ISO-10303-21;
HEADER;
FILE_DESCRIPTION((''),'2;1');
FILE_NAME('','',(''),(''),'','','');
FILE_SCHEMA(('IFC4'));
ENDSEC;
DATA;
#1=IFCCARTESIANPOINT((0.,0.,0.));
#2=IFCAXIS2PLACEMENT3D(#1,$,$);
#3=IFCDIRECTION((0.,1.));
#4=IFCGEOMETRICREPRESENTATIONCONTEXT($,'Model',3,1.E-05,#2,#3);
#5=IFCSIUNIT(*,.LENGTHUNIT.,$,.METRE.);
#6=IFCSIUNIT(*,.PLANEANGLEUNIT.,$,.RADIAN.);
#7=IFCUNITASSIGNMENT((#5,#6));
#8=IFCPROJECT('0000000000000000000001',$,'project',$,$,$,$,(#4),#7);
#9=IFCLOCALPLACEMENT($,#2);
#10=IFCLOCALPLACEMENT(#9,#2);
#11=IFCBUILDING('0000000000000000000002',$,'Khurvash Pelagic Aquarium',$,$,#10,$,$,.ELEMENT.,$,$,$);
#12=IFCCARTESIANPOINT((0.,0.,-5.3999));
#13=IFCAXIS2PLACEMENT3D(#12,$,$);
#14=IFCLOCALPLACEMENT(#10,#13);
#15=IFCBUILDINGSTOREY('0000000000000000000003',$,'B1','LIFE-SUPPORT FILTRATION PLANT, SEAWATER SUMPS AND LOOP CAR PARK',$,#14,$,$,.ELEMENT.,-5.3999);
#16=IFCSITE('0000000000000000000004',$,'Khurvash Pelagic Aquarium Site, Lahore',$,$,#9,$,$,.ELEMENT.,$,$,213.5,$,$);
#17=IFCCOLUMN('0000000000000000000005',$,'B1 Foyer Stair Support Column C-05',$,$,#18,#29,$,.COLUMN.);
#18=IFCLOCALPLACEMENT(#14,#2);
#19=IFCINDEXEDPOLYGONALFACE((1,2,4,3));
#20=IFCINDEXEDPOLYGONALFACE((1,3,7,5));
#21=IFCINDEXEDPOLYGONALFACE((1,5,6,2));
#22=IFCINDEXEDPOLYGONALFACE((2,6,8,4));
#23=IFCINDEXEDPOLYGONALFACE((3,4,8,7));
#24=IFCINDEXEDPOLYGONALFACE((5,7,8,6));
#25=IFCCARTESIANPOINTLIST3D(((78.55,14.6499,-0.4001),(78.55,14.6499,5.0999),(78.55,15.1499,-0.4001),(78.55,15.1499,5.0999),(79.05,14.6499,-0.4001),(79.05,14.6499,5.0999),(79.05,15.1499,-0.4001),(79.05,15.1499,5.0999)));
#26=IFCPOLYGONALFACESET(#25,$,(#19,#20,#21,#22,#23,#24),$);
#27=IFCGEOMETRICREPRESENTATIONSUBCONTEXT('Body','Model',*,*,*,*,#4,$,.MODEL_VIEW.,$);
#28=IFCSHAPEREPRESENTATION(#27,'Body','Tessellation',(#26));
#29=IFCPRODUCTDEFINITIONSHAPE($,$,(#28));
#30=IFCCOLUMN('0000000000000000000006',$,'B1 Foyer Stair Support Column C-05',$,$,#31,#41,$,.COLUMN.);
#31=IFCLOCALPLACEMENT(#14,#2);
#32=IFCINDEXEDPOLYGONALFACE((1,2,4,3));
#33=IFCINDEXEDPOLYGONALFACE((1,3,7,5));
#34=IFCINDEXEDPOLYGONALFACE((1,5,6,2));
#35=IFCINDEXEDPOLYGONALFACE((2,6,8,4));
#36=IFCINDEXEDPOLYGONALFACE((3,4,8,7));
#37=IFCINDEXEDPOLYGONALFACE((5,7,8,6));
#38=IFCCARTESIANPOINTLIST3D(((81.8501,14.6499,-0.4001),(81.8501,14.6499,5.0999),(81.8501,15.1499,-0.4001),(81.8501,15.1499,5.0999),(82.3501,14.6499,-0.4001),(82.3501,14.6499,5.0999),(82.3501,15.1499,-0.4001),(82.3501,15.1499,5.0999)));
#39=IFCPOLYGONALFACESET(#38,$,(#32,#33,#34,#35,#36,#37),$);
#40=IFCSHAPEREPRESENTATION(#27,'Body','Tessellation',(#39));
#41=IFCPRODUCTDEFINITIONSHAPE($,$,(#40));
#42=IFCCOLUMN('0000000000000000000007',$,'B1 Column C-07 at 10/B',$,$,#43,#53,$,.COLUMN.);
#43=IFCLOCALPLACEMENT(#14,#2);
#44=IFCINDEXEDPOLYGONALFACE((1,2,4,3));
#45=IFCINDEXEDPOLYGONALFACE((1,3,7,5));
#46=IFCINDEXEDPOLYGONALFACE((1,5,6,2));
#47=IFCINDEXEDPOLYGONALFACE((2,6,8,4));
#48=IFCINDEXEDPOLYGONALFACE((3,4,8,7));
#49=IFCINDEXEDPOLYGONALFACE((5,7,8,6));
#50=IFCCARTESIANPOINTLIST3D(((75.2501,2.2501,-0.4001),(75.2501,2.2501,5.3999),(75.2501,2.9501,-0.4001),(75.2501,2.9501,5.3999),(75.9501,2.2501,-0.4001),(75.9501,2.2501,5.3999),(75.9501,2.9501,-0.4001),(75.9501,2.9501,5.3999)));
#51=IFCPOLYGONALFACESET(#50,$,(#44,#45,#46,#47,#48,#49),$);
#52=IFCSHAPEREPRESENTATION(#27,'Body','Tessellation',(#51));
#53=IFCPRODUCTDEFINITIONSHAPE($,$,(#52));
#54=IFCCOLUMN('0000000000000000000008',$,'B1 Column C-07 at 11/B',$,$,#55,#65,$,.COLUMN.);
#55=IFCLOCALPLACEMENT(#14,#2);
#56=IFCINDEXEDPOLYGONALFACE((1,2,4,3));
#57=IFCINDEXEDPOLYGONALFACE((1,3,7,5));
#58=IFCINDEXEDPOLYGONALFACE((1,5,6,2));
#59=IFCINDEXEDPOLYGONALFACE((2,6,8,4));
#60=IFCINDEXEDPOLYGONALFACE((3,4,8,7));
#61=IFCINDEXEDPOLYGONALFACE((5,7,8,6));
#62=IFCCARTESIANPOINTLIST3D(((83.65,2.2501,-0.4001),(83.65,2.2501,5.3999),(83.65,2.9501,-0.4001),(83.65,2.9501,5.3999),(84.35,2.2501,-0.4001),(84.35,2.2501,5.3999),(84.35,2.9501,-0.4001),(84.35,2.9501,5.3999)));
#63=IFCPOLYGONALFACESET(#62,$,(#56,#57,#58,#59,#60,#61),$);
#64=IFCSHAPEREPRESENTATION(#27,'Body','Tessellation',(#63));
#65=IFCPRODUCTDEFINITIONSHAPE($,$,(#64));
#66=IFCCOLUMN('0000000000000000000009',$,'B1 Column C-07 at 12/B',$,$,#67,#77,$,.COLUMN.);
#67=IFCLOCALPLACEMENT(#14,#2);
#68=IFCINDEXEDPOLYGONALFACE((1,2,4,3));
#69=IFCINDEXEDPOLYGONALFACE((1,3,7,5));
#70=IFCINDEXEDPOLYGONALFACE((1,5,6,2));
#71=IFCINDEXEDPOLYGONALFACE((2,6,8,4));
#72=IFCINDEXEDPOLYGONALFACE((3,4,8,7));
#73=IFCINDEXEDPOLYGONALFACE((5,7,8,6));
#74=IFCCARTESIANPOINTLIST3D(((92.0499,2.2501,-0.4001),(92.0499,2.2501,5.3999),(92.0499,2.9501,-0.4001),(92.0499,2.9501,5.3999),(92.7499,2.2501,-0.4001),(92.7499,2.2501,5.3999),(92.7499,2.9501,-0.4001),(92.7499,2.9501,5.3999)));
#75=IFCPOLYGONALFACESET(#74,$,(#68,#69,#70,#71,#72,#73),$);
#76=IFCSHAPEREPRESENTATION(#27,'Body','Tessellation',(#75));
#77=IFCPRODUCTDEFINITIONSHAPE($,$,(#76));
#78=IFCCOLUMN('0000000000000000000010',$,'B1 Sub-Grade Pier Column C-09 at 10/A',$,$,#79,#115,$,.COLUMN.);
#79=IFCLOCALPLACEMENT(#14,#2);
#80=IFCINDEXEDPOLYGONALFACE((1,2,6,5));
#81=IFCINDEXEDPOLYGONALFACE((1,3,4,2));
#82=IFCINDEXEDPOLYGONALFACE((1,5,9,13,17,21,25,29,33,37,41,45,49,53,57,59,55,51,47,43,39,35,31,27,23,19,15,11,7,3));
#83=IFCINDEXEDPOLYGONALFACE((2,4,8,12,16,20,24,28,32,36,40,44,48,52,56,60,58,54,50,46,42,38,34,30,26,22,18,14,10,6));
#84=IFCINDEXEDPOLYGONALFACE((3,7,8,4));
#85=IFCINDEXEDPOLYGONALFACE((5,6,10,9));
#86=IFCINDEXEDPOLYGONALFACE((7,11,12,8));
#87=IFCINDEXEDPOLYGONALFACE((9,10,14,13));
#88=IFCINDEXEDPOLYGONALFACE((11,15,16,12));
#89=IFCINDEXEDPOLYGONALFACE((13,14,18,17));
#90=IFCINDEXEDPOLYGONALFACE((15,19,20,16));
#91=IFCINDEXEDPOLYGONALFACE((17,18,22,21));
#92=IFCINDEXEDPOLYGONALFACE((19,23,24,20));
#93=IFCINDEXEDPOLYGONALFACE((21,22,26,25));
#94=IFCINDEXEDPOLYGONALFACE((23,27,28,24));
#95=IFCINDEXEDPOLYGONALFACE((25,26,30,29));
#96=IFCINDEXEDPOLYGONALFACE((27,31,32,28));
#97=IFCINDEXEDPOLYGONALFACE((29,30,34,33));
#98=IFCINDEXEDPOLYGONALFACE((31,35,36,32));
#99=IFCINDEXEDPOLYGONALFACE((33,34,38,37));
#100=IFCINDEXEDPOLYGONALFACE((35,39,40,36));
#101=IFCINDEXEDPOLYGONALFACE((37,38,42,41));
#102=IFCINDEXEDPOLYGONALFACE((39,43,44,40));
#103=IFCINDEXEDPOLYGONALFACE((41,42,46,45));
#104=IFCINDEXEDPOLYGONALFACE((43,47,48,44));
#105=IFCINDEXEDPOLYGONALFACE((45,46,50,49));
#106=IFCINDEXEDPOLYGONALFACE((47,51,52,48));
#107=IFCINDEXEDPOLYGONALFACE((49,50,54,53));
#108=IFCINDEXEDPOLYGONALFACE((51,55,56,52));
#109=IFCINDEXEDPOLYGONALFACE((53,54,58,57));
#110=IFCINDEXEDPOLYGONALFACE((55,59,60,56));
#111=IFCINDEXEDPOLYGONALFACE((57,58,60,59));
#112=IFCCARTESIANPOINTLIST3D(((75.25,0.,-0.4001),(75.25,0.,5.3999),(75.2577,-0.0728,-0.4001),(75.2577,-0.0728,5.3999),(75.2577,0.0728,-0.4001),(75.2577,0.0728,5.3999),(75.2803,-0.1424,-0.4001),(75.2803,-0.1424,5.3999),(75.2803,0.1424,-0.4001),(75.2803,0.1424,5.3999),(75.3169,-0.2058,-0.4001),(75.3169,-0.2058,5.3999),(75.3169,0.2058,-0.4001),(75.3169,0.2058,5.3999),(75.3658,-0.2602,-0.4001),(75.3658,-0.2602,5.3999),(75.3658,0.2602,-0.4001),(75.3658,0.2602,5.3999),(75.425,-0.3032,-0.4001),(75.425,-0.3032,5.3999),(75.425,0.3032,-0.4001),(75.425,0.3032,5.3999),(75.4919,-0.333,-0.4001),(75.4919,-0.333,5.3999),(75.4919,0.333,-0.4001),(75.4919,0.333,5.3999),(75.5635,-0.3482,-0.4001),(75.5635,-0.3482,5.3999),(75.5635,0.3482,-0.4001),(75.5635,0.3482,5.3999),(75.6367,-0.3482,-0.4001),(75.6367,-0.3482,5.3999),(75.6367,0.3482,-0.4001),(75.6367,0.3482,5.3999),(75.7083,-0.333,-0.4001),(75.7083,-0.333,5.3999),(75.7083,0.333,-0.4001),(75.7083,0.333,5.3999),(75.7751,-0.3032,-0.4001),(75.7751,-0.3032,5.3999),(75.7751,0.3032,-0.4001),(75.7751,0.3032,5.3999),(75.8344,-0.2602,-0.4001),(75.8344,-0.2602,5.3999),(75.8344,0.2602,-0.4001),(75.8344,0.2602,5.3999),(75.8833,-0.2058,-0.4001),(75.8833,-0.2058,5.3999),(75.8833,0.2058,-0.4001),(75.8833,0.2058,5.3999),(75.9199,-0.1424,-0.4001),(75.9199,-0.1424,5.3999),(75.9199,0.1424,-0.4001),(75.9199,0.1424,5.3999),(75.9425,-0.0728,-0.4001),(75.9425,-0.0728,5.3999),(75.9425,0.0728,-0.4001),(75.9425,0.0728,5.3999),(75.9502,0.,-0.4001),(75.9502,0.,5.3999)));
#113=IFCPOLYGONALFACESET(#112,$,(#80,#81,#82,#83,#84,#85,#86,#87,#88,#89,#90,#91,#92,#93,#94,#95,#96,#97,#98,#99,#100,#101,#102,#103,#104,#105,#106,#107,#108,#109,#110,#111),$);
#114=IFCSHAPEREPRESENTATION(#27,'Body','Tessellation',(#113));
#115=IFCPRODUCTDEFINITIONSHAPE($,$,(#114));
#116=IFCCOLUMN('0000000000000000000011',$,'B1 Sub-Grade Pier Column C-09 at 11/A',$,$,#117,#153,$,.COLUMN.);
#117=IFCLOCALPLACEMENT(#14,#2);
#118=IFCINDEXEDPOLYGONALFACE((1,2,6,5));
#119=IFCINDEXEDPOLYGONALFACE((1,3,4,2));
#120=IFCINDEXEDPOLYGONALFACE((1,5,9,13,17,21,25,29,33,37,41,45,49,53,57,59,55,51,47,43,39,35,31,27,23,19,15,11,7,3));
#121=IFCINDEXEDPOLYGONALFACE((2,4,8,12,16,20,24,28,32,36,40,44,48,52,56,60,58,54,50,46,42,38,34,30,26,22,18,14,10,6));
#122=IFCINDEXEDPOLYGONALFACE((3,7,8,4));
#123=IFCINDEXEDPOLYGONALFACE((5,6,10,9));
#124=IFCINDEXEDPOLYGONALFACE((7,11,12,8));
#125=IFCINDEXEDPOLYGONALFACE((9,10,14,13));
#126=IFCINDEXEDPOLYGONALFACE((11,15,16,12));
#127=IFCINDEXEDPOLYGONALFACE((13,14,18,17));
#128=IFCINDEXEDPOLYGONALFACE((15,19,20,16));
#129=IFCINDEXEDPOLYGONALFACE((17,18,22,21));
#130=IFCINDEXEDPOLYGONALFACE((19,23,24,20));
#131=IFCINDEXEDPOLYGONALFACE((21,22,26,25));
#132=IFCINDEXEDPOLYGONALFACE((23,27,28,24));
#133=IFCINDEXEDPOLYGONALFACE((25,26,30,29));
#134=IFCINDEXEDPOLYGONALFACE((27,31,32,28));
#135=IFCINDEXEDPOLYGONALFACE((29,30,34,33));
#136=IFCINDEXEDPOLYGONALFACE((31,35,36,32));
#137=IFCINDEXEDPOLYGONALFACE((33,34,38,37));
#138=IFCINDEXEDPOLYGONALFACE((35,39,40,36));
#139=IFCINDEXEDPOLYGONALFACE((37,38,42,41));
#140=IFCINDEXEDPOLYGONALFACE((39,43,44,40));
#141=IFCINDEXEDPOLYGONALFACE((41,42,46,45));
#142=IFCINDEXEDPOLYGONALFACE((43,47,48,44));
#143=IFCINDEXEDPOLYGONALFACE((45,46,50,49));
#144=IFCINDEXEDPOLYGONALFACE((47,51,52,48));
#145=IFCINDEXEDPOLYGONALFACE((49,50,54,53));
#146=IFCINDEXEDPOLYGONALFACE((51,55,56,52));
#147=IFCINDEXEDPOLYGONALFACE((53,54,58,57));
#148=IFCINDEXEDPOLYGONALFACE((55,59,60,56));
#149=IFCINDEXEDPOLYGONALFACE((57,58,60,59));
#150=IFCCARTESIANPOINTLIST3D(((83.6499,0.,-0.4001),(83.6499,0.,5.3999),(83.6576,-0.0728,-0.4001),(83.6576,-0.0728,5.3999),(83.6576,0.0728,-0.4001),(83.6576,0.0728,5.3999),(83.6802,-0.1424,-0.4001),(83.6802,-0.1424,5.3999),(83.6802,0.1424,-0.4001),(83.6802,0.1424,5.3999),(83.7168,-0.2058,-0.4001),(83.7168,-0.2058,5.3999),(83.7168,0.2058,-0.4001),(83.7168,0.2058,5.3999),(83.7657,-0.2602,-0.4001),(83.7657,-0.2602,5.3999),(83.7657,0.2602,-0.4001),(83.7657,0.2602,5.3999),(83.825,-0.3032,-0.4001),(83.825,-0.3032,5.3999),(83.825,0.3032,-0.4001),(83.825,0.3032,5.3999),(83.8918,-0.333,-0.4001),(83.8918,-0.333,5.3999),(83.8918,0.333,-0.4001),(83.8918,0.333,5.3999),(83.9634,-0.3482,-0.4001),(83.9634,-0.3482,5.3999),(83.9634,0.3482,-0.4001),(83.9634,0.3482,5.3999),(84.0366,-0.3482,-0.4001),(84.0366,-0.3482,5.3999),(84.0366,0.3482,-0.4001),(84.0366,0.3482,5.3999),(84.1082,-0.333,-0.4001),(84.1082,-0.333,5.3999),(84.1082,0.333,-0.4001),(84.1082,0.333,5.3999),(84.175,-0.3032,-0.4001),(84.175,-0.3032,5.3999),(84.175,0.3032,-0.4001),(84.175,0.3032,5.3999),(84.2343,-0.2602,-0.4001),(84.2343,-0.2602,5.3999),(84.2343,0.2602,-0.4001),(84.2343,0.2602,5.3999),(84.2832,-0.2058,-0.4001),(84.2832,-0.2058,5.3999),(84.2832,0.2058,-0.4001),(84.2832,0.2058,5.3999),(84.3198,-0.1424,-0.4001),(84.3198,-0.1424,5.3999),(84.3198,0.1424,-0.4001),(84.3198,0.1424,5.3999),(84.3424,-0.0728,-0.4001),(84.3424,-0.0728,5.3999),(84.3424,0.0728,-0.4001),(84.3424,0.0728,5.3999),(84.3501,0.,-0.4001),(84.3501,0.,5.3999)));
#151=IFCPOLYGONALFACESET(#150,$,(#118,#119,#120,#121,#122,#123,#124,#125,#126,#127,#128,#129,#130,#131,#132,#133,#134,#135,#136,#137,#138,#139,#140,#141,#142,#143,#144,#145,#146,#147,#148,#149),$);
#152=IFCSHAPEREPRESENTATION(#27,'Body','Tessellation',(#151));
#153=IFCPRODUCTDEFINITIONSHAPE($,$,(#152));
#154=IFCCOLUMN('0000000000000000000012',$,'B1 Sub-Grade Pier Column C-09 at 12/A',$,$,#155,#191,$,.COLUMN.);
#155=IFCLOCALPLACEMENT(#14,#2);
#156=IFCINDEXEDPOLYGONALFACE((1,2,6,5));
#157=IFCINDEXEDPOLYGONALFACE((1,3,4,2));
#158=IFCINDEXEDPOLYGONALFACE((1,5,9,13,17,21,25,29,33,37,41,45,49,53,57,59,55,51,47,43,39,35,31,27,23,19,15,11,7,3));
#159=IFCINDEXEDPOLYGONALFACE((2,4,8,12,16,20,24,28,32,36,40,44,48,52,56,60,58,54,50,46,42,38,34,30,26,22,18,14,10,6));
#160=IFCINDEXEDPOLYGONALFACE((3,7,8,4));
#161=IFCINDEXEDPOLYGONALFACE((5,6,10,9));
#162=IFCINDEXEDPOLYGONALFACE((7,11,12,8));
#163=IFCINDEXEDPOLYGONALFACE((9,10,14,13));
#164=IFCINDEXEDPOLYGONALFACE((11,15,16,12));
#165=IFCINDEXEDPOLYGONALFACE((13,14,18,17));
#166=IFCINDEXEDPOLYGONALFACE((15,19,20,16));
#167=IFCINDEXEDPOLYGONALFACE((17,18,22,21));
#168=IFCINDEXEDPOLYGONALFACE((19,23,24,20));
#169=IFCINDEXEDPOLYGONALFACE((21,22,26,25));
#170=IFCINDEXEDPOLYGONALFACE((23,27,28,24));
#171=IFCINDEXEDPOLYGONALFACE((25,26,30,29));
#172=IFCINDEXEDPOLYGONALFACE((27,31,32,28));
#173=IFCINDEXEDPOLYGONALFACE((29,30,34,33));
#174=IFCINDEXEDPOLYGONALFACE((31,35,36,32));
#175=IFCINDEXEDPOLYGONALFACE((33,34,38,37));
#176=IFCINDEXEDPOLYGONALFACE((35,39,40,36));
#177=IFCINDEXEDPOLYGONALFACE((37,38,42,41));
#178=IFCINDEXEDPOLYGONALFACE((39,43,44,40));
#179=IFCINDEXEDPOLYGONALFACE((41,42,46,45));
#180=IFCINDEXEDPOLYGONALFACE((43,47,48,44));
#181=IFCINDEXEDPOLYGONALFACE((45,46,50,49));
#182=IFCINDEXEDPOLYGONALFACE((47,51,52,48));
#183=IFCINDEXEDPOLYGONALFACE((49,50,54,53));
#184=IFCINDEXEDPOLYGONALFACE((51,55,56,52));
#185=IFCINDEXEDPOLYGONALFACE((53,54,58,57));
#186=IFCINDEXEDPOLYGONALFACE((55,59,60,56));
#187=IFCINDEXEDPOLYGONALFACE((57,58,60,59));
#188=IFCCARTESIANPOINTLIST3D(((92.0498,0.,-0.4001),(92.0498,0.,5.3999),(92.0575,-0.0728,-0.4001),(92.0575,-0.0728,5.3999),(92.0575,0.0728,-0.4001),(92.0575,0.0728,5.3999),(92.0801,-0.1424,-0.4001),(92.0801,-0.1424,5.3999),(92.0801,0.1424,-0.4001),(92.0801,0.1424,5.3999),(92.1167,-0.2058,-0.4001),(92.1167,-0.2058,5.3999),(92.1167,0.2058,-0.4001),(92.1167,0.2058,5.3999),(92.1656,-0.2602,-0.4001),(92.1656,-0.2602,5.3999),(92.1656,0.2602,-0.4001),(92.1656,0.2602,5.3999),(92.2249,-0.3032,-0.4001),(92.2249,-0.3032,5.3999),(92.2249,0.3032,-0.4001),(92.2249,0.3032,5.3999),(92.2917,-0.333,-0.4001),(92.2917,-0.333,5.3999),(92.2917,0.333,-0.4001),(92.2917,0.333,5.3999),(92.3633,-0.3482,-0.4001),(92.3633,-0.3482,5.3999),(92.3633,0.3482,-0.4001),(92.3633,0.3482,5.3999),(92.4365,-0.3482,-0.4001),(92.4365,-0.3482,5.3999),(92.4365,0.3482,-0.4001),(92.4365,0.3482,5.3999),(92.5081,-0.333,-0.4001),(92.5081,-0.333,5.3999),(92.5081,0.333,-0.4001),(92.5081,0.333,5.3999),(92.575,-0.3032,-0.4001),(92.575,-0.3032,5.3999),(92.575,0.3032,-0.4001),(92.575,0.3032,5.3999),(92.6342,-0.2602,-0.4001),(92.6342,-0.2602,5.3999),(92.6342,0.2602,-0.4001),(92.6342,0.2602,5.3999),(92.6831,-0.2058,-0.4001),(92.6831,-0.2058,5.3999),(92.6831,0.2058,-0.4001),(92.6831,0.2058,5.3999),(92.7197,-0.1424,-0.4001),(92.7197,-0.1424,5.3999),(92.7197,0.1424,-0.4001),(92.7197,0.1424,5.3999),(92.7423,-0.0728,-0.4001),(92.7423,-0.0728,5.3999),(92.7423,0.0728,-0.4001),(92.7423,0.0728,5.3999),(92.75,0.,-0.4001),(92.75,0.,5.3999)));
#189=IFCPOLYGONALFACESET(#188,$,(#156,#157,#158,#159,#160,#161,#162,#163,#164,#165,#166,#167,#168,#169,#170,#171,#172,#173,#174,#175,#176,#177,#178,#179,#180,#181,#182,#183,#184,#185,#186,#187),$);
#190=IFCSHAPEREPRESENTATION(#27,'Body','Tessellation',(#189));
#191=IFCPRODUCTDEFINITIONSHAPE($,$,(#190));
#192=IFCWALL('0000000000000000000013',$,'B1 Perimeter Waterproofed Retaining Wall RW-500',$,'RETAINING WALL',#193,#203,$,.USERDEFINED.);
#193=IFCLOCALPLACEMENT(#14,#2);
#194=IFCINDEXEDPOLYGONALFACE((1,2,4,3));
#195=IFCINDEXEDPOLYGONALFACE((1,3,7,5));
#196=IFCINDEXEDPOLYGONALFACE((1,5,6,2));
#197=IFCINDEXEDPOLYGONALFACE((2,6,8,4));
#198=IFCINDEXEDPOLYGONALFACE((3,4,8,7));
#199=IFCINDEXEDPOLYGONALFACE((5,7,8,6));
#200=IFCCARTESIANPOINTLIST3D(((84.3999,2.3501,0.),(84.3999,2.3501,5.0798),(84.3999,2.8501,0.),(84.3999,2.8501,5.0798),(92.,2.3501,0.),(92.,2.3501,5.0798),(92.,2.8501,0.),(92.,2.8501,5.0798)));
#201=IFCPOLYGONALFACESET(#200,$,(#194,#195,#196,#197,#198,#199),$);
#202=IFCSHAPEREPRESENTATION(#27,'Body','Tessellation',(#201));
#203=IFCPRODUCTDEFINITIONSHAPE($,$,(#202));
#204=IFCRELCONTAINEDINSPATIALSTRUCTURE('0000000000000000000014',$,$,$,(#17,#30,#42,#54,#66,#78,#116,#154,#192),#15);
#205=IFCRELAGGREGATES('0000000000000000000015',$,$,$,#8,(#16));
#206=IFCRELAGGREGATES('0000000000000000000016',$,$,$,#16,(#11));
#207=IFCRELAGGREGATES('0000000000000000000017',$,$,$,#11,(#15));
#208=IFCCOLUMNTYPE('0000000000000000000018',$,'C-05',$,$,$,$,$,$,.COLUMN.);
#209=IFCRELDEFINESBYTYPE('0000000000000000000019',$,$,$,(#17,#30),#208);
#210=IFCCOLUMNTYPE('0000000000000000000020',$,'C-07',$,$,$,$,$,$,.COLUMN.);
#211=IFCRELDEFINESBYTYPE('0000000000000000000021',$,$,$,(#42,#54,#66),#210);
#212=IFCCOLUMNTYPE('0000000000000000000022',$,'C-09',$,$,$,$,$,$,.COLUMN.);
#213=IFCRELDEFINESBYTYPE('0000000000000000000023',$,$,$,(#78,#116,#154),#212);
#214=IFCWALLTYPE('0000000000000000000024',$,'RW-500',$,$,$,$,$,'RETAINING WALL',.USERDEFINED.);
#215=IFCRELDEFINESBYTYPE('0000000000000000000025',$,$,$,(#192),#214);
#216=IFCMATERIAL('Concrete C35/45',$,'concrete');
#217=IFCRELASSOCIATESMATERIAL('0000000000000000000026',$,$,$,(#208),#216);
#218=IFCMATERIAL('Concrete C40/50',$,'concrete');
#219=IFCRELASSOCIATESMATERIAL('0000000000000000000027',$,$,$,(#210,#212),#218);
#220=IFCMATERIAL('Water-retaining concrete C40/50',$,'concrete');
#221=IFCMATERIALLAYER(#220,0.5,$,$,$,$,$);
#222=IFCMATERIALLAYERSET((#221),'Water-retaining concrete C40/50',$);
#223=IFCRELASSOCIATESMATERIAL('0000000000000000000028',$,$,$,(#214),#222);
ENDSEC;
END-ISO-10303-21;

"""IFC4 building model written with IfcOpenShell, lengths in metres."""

from ifc_helpers import new_model, si_unit, direction, frame, frame_2d, origin, origin_2d, place, context, subcontext, project, spatial, rectangle, circle, extrude, material, layer, layer_set, material_profile, profile_set, type_object, element, save


model = new_model("IFC4")

# Units and contexts
model_context = context("Model", 3, precision=1e-05, world=origin(), true_north=direction((0.0, 1.0)))
body_context = subcontext(model_context, "Body", "Model", "MODEL_VIEW")
ifc_project = project(units=[si_unit("LENGTHUNIT", "METRE"), si_unit("PLANEANGLEUNIT", "RADIAN")], contexts=[model_context])

# Site, building, storey
site_placement = place(None, origin())
site = spatial("IfcSite", under=ifc_project, at=site_placement, Name="Khurvash Pelagic Aquarium Site, Lahore", CompositionType="ELEMENT", RefElevation=213.5)
building_placement = place(site_placement, origin())
building = spatial("IfcBuilding", under=site, at=building_placement, Name="Khurvash Pelagic Aquarium", CompositionType="ELEMENT")
storey_placement = place(building_placement, frame((0.0, 0.0, -5.3999)))
storey = spatial("IfcBuildingStorey", under=building, at=storey_placement, Name="B1", Description="LIFE-SUPPORT FILTRATION PLANT, SEAWATER SUMPS AND LOOP CAR PARK", CompositionType="ELEMENT", Elevation=-5.3999)

# Shared definitions
ifc_material_1 = material(Name="Concrete C35/45", Category="concrete")

# Columns
ifc_material_2 = material(Name="Concrete C40/50", Category="concrete")
ifc_material_profile_1 = material_profile(ifc_material_1, rectangle(XDim=0.5, YDim=0.5, at=origin_2d()), Name="RC500X500")
ifc_profile_set_1 = profile_set([ifc_material_profile_1], Name="Concrete C35/45")
column_type_1 = type_object("IfcColumnType", Name="C-05", PredefinedType="COLUMN", material=ifc_profile_set_1)
for number, where, z_axis, x_axis, name in (
    (1, (78.8, 14.8999, -0.4001), (0.0, 0.0, 1.0), (1.0, 0.0, 0.0), "B1 Foyer Stair Support Column C-05"),
    (2, (82.1001, 14.8999, -0.4001), (0.0, 0.0, 1.0), (1.0, 0.0, 0.0), "B1 Foyer Stair Support Column C-05"),
):
    element("IfcColumn", number, at=place(storey_placement, frame(where, z_axis=z_axis, x_axis=x_axis)), inside=storey, type_object=column_type_1, Name=name, PredefinedType="COLUMN", context=body_context, shape_type="SweptSolid", body=[
        extrude(rectangle(XDim=0.5, YDim=0.5, at=origin_2d()), origin(), (0.0, 0.0, 1.0), 5.5),
    ])
ifc_material_profile_2 = material_profile(ifc_material_2, rectangle(XDim=0.7, YDim=0.7, at=origin_2d()), Name="RC700X700")
ifc_profile_set_2 = profile_set([ifc_material_profile_2], Name="Concrete C40/50")
column_type_2 = type_object("IfcColumnType", Name="C-07", PredefinedType="COLUMN", material=ifc_profile_set_2)
for number, where, z_axis, x_axis, name in (
    (3, (75.6001, 2.6001, -0.4001), (0.0, 0.0, 1.0), (1.0, 0.0, 0.0), "B1 Column C-07 at 10/B"),
    (4, (84.0, 2.6001, -0.4001), (0.0, 0.0, 1.0), (1.0, 0.0, 0.0), "B1 Column C-07 at 11/B"),
    (5, (92.3999, 2.6001, -0.4001), (0.0, 0.0, 1.0), (1.0, 0.0, 0.0), "B1 Column C-07 at 12/B"),
):
    element("IfcColumn", number, at=place(storey_placement, frame(where, z_axis=z_axis, x_axis=x_axis)), inside=storey, type_object=column_type_2, Name=name, PredefinedType="COLUMN", context=body_context, shape_type="SweptSolid", body=[
        extrude(rectangle(XDim=0.7, YDim=0.7, at=origin_2d()), origin(), (0.0, 0.0, 1.0), 5.8),
    ])
ifc_material_profile_3 = material_profile(ifc_material_2, circle(Radius=0.3501, at=origin_2d()), Name="RC700D")
ifc_profile_set_3 = profile_set([ifc_material_profile_3], Name="Concrete C40/50")
column_type_3 = type_object("IfcColumnType", Name="C-09", PredefinedType="COLUMN", material=ifc_profile_set_3)
for number, where, z_axis, x_axis, name in (
    (6, (75.6001, 0.0, -0.4001), (0.0, 0.0, 1.0), (1.0, 0.0, 0.0), "B1 Sub-Grade Pier Column C-09 at 10/A"),
    (7, (84.0, 0.0, -0.4001), (0.0, 0.0, 1.0), (1.0, 0.0, 0.0), "B1 Sub-Grade Pier Column C-09 at 11/A"),
    (8, (92.3999, 0.0, -0.4001), (0.0, 0.0, 1.0), (1.0, 0.0, 0.0), "B1 Sub-Grade Pier Column C-09 at 12/A"),
):
    element("IfcColumn", number, at=place(storey_placement, frame(where, z_axis=z_axis, x_axis=x_axis)), inside=storey, type_object=column_type_3, Name=name, PredefinedType="COLUMN", context=body_context, shape_type="SweptSolid", body=[
        extrude(circle(Radius=0.3501, at=origin_2d()), origin(), (0.0, 0.0, 1.0), 5.8),
    ])

# Wall
ifc_material_3 = material(Name="Water-retaining concrete C40/50", Category="concrete")
ifc_layer_1 = layer(ifc_material_3, 0.5)
ifc_layer_set_1 = layer_set([ifc_layer_1], Name="Water-retaining concrete C40/50")
wall_type_1 = type_object("IfcWallType", Name="RW-500", ElementType="RETAINING WALL", PredefinedType="USERDEFINED", material=ifc_layer_set_1)
for number, where, z_axis, x_axis, name in (
    (9, (92.0, 2.6001, 0.0), (0.0, 0.0, 1.0), (-1.0, 0.0, 0.0), "B1 Perimeter Waterproofed Retaining Wall RW-500"),
):
    element("IfcWall", number, at=place(storey_placement, frame(where, z_axis=z_axis, x_axis=x_axis)), inside=storey, type_object=wall_type_1, Name=name, ObjectType="RETAINING WALL", PredefinedType="USERDEFINED", context=body_context, shape_type="SweptSolid", body=[
        extrude(rectangle(XDim=7.6001, YDim=0.5, at=frame_2d((3.8, 0.0))), origin(), (0.0, 0.0, 1.0), 5.0798),
    ])

save(model, "model.ifc")
